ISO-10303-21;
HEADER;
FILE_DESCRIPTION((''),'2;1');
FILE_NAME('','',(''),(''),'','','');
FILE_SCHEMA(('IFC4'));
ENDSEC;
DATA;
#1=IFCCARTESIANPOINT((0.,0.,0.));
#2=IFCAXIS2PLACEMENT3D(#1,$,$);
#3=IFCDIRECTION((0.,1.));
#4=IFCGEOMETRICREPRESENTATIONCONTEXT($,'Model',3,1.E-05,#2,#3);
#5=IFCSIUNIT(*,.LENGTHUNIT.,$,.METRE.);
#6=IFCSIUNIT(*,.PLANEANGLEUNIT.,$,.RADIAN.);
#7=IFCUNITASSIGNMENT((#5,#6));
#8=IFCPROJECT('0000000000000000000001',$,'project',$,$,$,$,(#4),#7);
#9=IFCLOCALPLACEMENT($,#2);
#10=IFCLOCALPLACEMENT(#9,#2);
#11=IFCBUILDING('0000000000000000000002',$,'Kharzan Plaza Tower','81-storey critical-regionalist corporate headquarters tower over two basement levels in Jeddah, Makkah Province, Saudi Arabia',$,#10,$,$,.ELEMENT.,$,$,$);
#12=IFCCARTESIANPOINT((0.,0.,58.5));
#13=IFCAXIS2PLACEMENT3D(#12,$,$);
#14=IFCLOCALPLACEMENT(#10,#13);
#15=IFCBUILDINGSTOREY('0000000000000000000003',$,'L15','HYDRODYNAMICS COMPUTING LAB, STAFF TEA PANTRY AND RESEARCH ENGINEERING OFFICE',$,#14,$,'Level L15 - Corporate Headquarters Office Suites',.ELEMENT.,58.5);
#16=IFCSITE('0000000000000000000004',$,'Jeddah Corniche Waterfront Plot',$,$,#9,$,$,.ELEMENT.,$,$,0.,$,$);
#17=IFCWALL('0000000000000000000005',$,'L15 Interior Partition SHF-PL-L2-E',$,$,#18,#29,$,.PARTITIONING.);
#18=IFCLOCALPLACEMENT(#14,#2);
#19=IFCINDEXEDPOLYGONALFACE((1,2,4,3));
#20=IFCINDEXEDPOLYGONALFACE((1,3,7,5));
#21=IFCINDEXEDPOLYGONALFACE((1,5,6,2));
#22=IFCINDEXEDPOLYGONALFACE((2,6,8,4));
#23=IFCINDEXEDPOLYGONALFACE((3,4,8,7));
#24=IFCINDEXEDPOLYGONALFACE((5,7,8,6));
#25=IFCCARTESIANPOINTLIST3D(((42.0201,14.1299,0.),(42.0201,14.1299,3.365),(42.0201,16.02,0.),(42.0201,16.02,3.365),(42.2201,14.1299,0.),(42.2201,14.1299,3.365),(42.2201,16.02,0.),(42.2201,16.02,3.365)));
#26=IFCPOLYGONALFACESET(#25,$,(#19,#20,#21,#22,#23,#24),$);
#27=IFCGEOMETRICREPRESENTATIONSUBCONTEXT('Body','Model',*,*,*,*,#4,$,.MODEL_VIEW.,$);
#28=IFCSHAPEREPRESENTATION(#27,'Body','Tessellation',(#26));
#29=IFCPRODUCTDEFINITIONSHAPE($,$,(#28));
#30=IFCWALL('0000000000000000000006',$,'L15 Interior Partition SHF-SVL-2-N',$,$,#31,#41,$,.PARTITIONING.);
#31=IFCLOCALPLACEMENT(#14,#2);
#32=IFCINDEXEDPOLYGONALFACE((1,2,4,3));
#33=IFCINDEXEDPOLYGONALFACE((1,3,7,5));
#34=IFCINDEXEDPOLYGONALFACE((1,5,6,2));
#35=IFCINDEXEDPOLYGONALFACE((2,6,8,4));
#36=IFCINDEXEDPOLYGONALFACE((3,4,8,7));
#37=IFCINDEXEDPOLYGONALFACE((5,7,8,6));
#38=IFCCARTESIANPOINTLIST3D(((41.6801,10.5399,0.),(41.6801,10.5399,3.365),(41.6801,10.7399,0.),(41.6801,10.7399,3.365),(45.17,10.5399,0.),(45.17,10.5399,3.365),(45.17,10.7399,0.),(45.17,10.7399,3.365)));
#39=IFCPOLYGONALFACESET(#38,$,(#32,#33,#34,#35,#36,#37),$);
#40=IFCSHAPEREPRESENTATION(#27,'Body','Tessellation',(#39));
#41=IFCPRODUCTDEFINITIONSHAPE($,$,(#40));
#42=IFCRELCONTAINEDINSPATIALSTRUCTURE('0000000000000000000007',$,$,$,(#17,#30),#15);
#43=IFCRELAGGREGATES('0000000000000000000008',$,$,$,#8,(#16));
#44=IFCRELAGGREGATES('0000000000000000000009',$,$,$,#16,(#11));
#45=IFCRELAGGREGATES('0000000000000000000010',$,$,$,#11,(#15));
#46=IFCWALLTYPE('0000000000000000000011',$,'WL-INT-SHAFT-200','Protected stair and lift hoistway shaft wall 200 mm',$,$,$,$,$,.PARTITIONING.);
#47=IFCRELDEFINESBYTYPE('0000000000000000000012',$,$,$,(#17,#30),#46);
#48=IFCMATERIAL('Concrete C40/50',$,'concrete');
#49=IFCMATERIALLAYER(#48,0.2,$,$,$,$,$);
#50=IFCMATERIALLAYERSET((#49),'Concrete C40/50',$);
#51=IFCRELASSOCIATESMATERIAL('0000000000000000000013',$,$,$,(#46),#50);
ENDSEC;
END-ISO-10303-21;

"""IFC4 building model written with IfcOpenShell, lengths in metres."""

from ifc_helpers import new_model, si_unit, direction, frame, frame_2d, origin, place, context, subcontext, project, spatial, rectangle, extrude, source, transform, mapped, material, layer, layer_set, type_object, element, save


model = new_model("IFC4")

# Units and contexts
model_context = context("Model", 3, precision=1e-05, world=origin(), true_north=direction((0.0, 1.0)))
body_context = subcontext(model_context, "Body", "Model", "MODEL_VIEW")
ifc_project = project(units=[si_unit("LENGTHUNIT", "METRE"), si_unit("PLANEANGLEUNIT", "RADIAN")], contexts=[model_context])

# Site, building, storey
site_placement = place(None, origin())
site = spatial("IfcSite", under=ifc_project, at=site_placement, Name="Jeddah Corniche Waterfront Plot", CompositionType="ELEMENT", RefElevation=0.0)
building_placement = place(site_placement, origin())
building = spatial("IfcBuilding", under=site, at=building_placement, Name="Kharzan Plaza Tower", Description="81-storey critical-regionalist corporate headquarters tower over two basement levels in Jeddah, Makkah Province, Saudi Arabia", CompositionType="ELEMENT")
storey_placement = place(building_placement, frame((0.0, 0.0, 58.5)))
storey = spatial("IfcBuildingStorey", under=building, at=storey_placement, Name="L15", Description="HYDRODYNAMICS COMPUTING LAB, STAFF TEA PANTRY AND RESEARCH ENGINEERING OFFICE", LongName="Level L15 - Corporate Headquarters Office Suites", CompositionType="ELEMENT", Elevation=58.5)

# Shared definitions
ifc_material_1 = material(Name="Concrete C40/50", Category="concrete")

# Shared definitions
ifc_layer_1 = layer(ifc_material_1, 0.2)
ifc_layer_set_1 = layer_set([ifc_layer_1], Name="Concrete C40/50")
wall_type_1 = type_object("IfcWallType", Name="WL-INT-SHAFT-200", Description="Protected stair and lift hoistway shaft wall 200 mm", PredefinedType="PARTITIONING", material=ifc_layer_set_1)

# Walls
shared_shape_1 = source(origin(), body_context, "Body", "SweptSolid", [
    extrude(rectangle(XDim=1.8901, YDim=0.2, at=frame_2d((0.9451, 0.0))), origin(), (0.0, 0.0, 1.0), 3.365),
])
wall_1_placement = place(storey_placement, frame((42.1201, 14.1299, 0.0), z_axis=(0.0, 0.0, 1.0), x_axis=(0.0, 1.0, 0.0)))
element("IfcWall", 1, at=wall_1_placement, inside=storey, type_object=wall_type_1, Name="L15 Interior Partition SHF-PL-L2-E", PredefinedType="PARTITIONING", context=body_context, shape_type="MappedRepresentation", body=[
    mapped(shared_shape_1, transform((0.0, 0.0, 0.0), x_axis=(1.0, 0.0, 0.0), y_axis=(0.0, 1.0, 0.0), z_axis=(0.0, 0.0, 1.0))),
])
shared_shape_2 = source(origin(), body_context, "Body", "SweptSolid", [
    extrude(rectangle(XDim=3.49, YDim=0.2, at=frame_2d((1.7451, 0.0))), origin(), (0.0, 0.0, 1.0), 3.365),
])
wall_2_placement = place(storey_placement, frame((41.6799, 10.6399, 0.0), z_axis=(0.0, 0.0, 1.0), x_axis=(1.0, 0.0, 0.0)))
element("IfcWall", 2, at=wall_2_placement, inside=storey, type_object=wall_type_1, Name="L15 Interior Partition SHF-SVL-2-N", PredefinedType="PARTITIONING", context=body_context, shape_type="MappedRepresentation", body=[
    mapped(shared_shape_2, transform((0.0, 0.0, 0.0), x_axis=(1.0, 0.0, 0.0), y_axis=(0.0, 1.0, 0.0), z_axis=(0.0, 0.0, 1.0))),
])

save(model, "model.ifc")
